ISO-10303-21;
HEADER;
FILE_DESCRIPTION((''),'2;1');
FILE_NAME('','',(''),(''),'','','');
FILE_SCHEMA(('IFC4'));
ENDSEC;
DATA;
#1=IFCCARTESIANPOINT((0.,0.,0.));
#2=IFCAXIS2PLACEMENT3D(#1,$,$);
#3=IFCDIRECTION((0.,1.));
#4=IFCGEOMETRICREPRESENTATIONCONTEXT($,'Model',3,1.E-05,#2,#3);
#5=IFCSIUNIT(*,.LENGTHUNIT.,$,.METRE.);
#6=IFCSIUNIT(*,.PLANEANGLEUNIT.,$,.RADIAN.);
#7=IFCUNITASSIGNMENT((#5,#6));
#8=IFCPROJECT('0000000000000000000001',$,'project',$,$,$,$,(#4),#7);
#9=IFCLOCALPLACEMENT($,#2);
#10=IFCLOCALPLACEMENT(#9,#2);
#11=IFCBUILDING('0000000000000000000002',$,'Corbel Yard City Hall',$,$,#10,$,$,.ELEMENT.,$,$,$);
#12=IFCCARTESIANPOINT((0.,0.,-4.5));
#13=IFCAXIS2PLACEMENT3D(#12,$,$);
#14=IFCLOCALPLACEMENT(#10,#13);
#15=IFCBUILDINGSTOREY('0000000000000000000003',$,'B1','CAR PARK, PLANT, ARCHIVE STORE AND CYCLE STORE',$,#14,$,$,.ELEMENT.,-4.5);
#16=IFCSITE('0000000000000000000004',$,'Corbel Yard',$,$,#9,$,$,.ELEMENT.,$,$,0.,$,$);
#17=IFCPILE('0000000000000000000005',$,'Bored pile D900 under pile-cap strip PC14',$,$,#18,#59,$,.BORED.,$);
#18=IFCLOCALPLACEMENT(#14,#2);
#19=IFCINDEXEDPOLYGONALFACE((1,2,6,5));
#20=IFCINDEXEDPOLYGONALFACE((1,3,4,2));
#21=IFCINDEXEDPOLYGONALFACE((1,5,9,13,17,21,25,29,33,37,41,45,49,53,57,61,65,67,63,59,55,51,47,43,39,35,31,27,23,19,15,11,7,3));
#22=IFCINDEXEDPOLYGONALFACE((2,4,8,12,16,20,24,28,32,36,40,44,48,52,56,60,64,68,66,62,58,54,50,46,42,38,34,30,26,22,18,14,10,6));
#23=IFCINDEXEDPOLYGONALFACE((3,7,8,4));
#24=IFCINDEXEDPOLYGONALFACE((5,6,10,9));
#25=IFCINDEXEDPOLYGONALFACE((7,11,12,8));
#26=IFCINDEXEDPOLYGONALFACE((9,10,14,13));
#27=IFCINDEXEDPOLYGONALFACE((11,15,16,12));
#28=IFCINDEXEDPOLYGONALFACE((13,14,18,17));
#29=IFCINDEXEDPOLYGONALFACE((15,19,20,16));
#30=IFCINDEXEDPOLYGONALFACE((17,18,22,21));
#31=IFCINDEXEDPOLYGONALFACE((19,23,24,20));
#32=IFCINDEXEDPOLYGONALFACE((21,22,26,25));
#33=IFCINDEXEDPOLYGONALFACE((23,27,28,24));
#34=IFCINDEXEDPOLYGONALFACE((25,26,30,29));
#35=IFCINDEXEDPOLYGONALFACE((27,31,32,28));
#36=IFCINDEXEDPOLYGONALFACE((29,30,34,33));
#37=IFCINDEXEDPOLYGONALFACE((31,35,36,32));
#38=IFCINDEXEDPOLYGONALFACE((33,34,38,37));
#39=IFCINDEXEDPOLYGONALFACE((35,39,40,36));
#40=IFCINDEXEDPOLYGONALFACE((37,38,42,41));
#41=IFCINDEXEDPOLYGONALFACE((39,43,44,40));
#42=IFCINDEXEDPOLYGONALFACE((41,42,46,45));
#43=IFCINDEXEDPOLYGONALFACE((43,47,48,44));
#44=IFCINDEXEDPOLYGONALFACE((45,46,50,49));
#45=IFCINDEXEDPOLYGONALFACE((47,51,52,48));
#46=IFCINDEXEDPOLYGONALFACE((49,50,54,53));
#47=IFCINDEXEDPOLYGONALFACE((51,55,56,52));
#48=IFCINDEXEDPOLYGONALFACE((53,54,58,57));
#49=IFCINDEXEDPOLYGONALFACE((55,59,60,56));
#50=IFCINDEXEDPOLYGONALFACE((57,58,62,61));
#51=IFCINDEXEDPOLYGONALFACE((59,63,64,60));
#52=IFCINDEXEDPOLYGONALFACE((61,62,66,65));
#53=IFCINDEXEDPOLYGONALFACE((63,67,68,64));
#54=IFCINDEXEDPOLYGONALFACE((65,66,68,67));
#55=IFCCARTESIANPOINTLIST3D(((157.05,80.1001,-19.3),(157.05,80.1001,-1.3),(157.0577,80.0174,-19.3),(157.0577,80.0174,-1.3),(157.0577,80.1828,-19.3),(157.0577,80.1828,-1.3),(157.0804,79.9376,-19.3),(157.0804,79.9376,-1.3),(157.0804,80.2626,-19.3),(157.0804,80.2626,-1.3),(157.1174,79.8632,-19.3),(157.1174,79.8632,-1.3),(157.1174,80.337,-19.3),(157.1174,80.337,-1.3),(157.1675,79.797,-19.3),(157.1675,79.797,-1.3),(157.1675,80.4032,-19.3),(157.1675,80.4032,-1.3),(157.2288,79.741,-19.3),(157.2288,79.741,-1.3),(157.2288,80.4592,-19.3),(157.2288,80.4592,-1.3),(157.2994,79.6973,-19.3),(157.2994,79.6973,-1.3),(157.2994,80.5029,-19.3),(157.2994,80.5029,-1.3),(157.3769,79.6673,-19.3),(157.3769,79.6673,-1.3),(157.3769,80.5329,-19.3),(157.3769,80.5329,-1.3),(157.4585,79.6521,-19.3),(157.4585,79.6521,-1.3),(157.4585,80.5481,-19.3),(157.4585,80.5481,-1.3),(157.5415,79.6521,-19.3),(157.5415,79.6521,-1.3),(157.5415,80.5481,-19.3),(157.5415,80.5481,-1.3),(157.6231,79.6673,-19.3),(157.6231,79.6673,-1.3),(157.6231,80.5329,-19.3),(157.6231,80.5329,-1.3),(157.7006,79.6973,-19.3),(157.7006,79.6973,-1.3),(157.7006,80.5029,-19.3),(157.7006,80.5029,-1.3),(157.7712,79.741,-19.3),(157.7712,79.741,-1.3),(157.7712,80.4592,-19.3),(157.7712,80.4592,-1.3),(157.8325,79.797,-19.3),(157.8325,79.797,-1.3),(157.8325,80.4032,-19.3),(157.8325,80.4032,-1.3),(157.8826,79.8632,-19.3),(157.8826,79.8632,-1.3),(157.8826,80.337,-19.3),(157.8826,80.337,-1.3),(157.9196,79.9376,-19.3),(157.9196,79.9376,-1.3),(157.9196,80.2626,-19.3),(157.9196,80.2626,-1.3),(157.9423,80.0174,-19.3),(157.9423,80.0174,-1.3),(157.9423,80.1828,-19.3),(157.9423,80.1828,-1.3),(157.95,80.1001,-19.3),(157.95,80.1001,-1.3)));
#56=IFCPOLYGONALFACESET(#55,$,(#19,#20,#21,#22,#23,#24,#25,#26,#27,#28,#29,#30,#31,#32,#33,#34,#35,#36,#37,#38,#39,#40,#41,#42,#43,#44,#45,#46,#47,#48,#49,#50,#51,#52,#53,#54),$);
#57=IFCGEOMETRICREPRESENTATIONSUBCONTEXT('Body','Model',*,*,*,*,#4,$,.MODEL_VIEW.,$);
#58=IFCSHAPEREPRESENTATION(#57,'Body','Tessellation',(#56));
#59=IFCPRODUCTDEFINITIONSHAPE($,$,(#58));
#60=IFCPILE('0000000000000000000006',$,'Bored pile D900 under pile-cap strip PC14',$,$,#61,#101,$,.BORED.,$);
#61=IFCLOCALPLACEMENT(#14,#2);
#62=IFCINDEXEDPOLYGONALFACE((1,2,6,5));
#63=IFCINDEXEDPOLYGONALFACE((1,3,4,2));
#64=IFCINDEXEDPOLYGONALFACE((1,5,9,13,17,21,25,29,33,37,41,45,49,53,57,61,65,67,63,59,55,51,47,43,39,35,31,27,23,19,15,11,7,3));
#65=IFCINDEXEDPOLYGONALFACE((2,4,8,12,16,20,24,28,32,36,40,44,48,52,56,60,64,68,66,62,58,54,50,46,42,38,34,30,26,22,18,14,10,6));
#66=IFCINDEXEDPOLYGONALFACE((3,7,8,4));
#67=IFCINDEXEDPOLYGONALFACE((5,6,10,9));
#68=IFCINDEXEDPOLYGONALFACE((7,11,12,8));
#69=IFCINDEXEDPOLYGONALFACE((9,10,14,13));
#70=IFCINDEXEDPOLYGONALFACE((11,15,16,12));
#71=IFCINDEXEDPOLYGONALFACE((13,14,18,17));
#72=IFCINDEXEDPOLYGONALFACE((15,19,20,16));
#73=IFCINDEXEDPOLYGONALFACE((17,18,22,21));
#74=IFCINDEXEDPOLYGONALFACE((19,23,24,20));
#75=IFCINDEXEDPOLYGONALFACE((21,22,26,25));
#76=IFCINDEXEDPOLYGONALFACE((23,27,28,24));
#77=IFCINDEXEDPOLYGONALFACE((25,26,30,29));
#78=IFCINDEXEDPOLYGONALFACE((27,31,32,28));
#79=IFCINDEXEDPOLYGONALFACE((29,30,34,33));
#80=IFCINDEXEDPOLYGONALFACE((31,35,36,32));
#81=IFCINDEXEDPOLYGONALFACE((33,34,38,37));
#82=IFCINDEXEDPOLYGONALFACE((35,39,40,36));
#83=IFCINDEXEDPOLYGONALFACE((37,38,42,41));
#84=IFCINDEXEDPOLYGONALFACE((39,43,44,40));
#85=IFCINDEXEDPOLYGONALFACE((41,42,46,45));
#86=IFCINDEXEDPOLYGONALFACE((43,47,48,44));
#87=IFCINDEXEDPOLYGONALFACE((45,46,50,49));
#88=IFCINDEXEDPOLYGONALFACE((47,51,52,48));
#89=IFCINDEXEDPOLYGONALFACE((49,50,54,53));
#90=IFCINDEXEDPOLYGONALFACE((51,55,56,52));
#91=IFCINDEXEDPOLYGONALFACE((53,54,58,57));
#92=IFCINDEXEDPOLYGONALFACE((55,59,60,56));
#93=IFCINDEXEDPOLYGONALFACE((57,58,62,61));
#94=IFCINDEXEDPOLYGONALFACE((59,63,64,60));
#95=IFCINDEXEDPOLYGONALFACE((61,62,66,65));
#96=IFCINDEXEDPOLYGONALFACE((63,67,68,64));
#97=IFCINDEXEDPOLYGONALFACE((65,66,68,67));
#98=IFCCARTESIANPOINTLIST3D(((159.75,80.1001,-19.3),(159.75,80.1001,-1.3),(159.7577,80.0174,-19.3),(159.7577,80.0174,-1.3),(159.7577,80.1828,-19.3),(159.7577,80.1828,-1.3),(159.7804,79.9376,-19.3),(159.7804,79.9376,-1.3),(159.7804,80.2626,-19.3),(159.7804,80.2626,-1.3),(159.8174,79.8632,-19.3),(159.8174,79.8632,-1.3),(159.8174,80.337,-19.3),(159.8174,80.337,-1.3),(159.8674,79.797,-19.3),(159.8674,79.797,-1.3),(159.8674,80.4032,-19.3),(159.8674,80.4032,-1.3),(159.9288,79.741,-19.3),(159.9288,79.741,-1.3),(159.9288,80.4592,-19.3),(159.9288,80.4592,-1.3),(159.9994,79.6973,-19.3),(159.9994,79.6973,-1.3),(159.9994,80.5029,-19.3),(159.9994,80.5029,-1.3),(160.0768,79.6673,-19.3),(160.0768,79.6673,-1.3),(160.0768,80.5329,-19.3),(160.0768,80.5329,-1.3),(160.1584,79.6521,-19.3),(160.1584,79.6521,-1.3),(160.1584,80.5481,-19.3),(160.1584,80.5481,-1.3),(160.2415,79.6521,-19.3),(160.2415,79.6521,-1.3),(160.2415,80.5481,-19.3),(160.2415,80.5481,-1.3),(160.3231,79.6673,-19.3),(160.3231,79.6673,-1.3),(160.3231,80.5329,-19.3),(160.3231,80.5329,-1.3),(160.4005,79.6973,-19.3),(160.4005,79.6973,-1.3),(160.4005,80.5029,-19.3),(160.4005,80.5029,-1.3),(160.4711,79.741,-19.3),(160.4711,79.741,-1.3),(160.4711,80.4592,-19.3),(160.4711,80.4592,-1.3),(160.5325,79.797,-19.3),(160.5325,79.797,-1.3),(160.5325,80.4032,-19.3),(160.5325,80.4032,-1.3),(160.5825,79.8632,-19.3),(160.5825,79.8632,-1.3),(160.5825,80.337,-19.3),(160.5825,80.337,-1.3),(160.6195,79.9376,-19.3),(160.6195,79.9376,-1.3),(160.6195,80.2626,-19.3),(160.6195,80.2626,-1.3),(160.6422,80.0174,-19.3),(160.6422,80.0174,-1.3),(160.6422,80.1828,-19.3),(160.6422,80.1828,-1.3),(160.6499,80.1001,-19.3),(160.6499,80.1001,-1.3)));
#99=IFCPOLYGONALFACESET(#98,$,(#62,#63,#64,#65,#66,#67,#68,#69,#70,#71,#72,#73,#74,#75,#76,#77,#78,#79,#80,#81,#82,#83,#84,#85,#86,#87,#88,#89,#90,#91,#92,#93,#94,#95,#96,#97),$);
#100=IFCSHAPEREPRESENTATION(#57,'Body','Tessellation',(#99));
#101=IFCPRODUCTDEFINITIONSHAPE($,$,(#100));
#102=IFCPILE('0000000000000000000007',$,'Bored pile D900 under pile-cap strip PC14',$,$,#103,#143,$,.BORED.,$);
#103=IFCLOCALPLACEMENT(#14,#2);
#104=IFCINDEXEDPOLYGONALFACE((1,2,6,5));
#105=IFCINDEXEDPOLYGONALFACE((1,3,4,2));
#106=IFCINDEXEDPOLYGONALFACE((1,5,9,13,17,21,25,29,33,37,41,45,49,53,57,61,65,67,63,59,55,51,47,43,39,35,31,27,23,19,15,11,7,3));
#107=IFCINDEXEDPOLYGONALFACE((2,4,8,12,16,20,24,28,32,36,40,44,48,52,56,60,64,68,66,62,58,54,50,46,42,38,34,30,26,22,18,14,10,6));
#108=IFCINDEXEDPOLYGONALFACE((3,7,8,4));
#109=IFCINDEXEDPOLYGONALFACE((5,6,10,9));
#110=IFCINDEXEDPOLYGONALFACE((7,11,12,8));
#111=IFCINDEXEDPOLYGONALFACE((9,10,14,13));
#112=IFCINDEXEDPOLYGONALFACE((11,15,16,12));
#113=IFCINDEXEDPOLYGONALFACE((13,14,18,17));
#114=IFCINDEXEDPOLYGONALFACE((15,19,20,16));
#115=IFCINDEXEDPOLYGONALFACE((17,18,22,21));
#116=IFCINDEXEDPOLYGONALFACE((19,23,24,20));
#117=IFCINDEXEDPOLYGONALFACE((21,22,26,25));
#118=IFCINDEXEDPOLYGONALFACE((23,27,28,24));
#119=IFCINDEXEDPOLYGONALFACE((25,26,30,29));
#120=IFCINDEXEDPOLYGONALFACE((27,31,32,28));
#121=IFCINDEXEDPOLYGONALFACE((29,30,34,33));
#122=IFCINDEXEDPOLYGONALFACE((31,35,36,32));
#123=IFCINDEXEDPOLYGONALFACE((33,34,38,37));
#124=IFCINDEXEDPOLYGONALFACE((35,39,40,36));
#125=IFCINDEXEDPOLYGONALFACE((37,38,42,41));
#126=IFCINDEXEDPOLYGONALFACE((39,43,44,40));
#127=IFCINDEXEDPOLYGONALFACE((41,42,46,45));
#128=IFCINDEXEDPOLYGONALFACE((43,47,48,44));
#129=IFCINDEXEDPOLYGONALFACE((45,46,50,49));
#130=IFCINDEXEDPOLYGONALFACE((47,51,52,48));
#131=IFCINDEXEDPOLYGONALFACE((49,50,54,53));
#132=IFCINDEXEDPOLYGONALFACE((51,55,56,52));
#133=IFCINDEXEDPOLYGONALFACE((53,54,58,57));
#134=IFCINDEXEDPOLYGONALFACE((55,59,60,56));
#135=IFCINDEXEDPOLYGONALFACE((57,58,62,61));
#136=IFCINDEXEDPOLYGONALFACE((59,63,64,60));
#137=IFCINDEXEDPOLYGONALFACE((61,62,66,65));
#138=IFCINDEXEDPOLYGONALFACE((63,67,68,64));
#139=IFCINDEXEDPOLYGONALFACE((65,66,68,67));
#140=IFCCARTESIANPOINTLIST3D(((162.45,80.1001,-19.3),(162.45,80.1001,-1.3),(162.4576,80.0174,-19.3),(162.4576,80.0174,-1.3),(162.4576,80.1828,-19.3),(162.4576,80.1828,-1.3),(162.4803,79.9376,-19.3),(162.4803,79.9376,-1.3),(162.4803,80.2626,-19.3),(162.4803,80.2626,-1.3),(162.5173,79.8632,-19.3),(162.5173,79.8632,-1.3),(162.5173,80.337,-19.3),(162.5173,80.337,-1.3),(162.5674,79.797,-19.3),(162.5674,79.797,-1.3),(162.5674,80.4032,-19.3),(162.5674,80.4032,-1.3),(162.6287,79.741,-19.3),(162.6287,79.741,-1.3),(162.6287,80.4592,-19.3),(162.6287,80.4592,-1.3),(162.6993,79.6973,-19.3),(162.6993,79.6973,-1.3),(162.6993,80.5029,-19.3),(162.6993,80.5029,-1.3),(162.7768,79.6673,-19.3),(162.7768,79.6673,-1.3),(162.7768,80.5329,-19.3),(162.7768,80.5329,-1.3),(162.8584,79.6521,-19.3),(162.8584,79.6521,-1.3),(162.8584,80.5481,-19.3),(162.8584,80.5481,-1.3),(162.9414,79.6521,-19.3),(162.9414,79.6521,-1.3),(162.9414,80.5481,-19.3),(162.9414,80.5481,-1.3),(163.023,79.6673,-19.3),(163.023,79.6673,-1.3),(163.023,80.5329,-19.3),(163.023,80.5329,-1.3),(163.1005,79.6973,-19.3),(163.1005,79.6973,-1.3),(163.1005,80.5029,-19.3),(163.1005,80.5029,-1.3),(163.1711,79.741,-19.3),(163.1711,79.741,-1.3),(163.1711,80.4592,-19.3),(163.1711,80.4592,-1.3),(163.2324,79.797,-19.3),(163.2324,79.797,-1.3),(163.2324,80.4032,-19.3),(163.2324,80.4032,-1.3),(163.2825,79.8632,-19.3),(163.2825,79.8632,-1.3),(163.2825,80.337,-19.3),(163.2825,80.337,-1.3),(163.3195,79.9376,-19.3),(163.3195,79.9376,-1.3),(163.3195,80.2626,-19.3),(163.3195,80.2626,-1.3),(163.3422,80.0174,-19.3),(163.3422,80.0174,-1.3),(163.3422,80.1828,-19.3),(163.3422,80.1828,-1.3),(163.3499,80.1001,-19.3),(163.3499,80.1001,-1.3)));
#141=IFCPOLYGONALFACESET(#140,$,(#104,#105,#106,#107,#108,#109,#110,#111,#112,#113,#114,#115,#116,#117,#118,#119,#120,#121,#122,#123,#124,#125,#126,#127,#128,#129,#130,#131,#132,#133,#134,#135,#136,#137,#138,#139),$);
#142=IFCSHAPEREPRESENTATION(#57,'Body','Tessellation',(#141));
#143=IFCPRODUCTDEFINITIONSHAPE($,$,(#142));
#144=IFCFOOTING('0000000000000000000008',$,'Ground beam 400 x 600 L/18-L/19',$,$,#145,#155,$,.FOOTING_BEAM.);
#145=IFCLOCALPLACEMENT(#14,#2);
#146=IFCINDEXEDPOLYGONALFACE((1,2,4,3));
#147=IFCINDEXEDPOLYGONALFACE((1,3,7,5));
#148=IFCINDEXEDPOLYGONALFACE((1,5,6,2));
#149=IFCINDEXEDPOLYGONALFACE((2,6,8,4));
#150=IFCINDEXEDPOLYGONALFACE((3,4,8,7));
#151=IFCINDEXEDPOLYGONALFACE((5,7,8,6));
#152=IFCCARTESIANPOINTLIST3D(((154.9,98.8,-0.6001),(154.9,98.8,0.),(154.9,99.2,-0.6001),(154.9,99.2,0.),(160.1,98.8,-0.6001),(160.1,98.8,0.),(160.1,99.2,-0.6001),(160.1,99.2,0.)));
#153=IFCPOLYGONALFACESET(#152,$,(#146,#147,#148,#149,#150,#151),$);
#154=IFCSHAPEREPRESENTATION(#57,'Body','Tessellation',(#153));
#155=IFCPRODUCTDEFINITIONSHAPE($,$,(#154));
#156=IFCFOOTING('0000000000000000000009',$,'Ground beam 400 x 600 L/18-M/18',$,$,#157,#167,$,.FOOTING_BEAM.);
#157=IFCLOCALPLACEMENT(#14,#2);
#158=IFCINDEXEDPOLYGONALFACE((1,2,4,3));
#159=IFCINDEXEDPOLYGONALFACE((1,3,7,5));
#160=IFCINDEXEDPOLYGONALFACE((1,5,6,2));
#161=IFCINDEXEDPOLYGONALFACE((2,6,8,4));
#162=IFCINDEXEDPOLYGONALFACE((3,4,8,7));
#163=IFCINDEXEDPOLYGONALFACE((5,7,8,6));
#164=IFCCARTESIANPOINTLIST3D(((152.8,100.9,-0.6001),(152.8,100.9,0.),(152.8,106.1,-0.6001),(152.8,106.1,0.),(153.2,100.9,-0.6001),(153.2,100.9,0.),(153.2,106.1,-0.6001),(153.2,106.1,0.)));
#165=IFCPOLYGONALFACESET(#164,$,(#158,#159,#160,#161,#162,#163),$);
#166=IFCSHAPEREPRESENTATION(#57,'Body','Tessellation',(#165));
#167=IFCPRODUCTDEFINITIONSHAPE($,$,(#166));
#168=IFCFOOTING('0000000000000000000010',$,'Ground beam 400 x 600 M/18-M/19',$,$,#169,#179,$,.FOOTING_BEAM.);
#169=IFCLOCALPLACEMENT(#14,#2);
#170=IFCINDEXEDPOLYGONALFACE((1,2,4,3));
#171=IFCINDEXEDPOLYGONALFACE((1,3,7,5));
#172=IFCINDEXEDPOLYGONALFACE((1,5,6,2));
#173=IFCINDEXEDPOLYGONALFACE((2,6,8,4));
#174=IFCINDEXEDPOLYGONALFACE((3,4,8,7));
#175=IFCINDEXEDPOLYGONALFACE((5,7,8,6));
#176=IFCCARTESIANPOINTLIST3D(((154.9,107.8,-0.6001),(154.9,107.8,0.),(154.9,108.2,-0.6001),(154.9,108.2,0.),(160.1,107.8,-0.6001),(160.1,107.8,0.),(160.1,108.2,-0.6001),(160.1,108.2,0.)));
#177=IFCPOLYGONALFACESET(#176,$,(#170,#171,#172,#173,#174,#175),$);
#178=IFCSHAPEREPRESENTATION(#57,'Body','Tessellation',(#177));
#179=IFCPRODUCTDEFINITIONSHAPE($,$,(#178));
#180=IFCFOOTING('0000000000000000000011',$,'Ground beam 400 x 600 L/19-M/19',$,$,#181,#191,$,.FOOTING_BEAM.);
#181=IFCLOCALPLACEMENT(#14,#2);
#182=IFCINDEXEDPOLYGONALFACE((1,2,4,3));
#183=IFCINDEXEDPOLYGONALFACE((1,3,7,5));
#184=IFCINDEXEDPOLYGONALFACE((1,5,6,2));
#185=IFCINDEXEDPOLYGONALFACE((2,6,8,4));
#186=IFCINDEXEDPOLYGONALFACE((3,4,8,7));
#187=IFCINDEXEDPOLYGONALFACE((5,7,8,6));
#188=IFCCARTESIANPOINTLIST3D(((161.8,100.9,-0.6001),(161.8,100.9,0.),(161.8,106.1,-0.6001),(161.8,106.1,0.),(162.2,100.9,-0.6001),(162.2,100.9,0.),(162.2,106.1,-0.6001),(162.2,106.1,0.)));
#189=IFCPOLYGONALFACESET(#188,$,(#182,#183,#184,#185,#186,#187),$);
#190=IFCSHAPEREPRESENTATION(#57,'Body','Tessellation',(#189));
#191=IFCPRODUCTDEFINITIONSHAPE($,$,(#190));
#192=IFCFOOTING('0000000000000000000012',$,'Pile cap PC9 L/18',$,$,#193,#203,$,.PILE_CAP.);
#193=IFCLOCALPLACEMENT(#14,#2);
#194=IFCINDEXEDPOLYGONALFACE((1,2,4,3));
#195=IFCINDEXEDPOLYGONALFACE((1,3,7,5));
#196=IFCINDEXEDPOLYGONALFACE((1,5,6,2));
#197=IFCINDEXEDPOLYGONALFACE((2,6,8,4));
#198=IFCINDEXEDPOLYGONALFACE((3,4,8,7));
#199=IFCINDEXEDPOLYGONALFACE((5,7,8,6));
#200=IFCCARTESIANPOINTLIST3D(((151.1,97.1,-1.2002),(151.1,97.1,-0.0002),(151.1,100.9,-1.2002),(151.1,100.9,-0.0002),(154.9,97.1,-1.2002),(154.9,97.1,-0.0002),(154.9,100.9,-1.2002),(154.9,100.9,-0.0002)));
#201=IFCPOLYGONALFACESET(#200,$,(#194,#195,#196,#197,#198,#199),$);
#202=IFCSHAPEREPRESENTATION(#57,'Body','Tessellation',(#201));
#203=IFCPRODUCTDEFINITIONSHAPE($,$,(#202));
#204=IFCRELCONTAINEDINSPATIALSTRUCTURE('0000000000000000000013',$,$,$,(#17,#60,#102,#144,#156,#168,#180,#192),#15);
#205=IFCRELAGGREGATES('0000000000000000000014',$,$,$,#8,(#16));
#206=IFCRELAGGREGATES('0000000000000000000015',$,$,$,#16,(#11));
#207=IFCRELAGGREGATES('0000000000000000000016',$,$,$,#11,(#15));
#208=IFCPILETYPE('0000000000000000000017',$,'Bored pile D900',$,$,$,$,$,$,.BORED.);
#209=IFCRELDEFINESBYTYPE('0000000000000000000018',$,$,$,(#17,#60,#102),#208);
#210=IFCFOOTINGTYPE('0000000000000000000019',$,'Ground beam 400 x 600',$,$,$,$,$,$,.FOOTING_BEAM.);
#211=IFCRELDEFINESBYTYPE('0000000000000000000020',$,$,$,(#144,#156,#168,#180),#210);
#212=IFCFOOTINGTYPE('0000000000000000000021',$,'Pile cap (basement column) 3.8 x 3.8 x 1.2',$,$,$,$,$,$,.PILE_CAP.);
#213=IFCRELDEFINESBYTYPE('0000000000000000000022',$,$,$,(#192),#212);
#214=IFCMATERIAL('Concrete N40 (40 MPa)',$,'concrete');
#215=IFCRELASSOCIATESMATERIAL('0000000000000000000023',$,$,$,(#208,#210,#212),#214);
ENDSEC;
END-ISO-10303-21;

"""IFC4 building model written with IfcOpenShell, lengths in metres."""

from ifc_helpers import new_model, si_unit, direction, frame, origin, origin_2d, place, context, subcontext, project, spatial, rectangle, circle, extrude, material, material_profile, profile_set, type_object, element, save


model = new_model("IFC4")

# Units and contexts
model_context = context("Model", 3, precision=1e-05, world=origin(), true_north=direction((0.0, 1.0)))
body_context = subcontext(model_context, "Body", "Model", "MODEL_VIEW")
ifc_project = project(units=[si_unit("LENGTHUNIT", "METRE"), si_unit("PLANEANGLEUNIT", "RADIAN")], contexts=[model_context])

# Site, building, storey
site_placement = place(None, origin())
site = spatial("IfcSite", under=ifc_project, at=site_placement, Name="Corbel Yard", CompositionType="ELEMENT", RefElevation=0.0)
building_placement = place(site_placement, origin())
building = spatial("IfcBuilding", under=site, at=building_placement, Name="Corbel Yard City Hall", CompositionType="ELEMENT")
storey_placement = place(building_placement, frame((0.0, 0.0, -4.5)))
storey = spatial("IfcBuildingStorey", under=building, at=storey_placement, Name="B1", Description="CAR PARK, PLANT, ARCHIVE STORE AND CYCLE STORE", CompositionType="ELEMENT", Elevation=-4.5)

# Piles
ifc_material_1 = material(Name="Concrete N40 (40 MPa)", Category="concrete")
ifc_material_profile_1 = material_profile(ifc_material_1, circle(Radius=0.45, at=origin_2d()), Name="D900")
ifc_profile_set_1 = profile_set([ifc_material_profile_1], Name="Concrete N40 (40 MPa)")
pile_type = type_object("IfcPileType", Name="Bored pile D900", PredefinedType="BORED", material=ifc_profile_set_1)
for number, where, z_axis, x_axis, name in (
    (1, (157.5, 80.1001, -1.3), (0.0, 0.0, -1.0), (1.0, 0.0, 0.0), "Bored pile D900 under pile-cap strip PC14"),
    (2, (160.2, 80.1001, -1.3), (0.0, 0.0, -1.0), (1.0, 0.0, 0.0), "Bored pile D900 under pile-cap strip PC14"),
    (3, (162.8999, 80.1001, -1.3), (0.0, 0.0, -1.0), (1.0, 0.0, 0.0), "Bored pile D900 under pile-cap strip PC14"),
):
    element("IfcPile", number, at=place(storey_placement, frame(where, z_axis=z_axis, x_axis=x_axis)), inside=storey, type_object=pile_type, Name=name, PredefinedType="BORED", context=body_context, shape_type="SweptSolid", body=[
        extrude(circle(Radius=0.45, at=origin_2d()), origin(), (0.0, 0.0, 1.0), 18.0),
    ])

# Footings
footing_type_1 = type_object("IfcFootingType", Name="Ground beam 400 x 600", PredefinedType="FOOTING_BEAM", material=ifc_material_1)
footing_1_placement = place(storey_placement, frame((157.5, 99.0, -0.6001), z_axis=(0.0, 0.0, 1.0), x_axis=(1.0, 0.0, 0.0)))
element("IfcFooting", 4, at=footing_1_placement, inside=storey, type_object=footing_type_1, Name="Ground beam 400 x 600 L/18-L/19", PredefinedType="FOOTING_BEAM", context=body_context, shape_type="SweptSolid", body=[
    extrude(rectangle(XDim=5.2, YDim=0.3999, at=origin_2d()), origin(), (0.0, 0.0, 1.0), 0.6001),
])
footing_2_placement = place(storey_placement, frame((153.0, 103.5, -0.6001), z_axis=(0.0, 0.0, 1.0), x_axis=(1.0, 0.0, 0.0)))
element("IfcFooting", 5, at=footing_2_placement, inside=storey, type_object=footing_type_1, Name="Ground beam 400 x 600 L/18-M/18", PredefinedType="FOOTING_BEAM", context=body_context, shape_type="SweptSolid", body=[
    extrude(rectangle(XDim=0.3999, YDim=5.2, at=origin_2d()), origin(), (0.0, 0.0, 1.0), 0.6001),
])
footing_3_placement = place(storey_placement, frame((157.5, 108.0, -0.6001), z_axis=(0.0, 0.0, 1.0), x_axis=(1.0, 0.0, 0.0)))
element("IfcFooting", 6, at=footing_3_placement, inside=storey, type_object=footing_type_1, Name="Ground beam 400 x 600 M/18-M/19", PredefinedType="FOOTING_BEAM", context=body_context, shape_type="SweptSolid", body=[
    extrude(rectangle(XDim=5.2, YDim=0.3999, at=origin_2d()), origin(), (0.0, 0.0, 1.0), 0.6001),
])
footing_4_placement = place(storey_placement, frame((162.0, 103.5, -0.6001), z_axis=(0.0, 0.0, 1.0), x_axis=(1.0, 0.0, 0.0)))
element("IfcFooting", 7, at=footing_4_placement, inside=storey, type_object=footing_type_1, Name="Ground beam 400 x 600 L/19-M/19", PredefinedType="FOOTING_BEAM", context=body_context, shape_type="SweptSolid", body=[
    extrude(rectangle(XDim=0.3999, YDim=5.2, at=origin_2d()), origin(), (0.0, 0.0, 1.0), 0.6001),
])
footing_type_2 = type_object("IfcFootingType", Name="Pile cap (basement column) 3.8 x 3.8 x 1.2", PredefinedType="PILE_CAP", material=ifc_material_1)
for number, where, z_axis, x_axis, name in (
    (8, (153.0, 99.0, -1.2002), (0.0, 0.0, 1.0), (1.0, 0.0, 0.0), "Pile cap PC9 L/18"),
):
    element("IfcFooting", number, at=place(storey_placement, frame(where, z_axis=z_axis, x_axis=x_axis)), inside=storey, type_object=footing_type_2, Name=name, PredefinedType="PILE_CAP", context=body_context, shape_type="SweptSolid", body=[
        extrude(rectangle(XDim=3.8, YDim=3.8, at=origin_2d()), origin(), (0.0, 0.0, 1.0), 1.2),
    ])

save(model, "model.ifc")
